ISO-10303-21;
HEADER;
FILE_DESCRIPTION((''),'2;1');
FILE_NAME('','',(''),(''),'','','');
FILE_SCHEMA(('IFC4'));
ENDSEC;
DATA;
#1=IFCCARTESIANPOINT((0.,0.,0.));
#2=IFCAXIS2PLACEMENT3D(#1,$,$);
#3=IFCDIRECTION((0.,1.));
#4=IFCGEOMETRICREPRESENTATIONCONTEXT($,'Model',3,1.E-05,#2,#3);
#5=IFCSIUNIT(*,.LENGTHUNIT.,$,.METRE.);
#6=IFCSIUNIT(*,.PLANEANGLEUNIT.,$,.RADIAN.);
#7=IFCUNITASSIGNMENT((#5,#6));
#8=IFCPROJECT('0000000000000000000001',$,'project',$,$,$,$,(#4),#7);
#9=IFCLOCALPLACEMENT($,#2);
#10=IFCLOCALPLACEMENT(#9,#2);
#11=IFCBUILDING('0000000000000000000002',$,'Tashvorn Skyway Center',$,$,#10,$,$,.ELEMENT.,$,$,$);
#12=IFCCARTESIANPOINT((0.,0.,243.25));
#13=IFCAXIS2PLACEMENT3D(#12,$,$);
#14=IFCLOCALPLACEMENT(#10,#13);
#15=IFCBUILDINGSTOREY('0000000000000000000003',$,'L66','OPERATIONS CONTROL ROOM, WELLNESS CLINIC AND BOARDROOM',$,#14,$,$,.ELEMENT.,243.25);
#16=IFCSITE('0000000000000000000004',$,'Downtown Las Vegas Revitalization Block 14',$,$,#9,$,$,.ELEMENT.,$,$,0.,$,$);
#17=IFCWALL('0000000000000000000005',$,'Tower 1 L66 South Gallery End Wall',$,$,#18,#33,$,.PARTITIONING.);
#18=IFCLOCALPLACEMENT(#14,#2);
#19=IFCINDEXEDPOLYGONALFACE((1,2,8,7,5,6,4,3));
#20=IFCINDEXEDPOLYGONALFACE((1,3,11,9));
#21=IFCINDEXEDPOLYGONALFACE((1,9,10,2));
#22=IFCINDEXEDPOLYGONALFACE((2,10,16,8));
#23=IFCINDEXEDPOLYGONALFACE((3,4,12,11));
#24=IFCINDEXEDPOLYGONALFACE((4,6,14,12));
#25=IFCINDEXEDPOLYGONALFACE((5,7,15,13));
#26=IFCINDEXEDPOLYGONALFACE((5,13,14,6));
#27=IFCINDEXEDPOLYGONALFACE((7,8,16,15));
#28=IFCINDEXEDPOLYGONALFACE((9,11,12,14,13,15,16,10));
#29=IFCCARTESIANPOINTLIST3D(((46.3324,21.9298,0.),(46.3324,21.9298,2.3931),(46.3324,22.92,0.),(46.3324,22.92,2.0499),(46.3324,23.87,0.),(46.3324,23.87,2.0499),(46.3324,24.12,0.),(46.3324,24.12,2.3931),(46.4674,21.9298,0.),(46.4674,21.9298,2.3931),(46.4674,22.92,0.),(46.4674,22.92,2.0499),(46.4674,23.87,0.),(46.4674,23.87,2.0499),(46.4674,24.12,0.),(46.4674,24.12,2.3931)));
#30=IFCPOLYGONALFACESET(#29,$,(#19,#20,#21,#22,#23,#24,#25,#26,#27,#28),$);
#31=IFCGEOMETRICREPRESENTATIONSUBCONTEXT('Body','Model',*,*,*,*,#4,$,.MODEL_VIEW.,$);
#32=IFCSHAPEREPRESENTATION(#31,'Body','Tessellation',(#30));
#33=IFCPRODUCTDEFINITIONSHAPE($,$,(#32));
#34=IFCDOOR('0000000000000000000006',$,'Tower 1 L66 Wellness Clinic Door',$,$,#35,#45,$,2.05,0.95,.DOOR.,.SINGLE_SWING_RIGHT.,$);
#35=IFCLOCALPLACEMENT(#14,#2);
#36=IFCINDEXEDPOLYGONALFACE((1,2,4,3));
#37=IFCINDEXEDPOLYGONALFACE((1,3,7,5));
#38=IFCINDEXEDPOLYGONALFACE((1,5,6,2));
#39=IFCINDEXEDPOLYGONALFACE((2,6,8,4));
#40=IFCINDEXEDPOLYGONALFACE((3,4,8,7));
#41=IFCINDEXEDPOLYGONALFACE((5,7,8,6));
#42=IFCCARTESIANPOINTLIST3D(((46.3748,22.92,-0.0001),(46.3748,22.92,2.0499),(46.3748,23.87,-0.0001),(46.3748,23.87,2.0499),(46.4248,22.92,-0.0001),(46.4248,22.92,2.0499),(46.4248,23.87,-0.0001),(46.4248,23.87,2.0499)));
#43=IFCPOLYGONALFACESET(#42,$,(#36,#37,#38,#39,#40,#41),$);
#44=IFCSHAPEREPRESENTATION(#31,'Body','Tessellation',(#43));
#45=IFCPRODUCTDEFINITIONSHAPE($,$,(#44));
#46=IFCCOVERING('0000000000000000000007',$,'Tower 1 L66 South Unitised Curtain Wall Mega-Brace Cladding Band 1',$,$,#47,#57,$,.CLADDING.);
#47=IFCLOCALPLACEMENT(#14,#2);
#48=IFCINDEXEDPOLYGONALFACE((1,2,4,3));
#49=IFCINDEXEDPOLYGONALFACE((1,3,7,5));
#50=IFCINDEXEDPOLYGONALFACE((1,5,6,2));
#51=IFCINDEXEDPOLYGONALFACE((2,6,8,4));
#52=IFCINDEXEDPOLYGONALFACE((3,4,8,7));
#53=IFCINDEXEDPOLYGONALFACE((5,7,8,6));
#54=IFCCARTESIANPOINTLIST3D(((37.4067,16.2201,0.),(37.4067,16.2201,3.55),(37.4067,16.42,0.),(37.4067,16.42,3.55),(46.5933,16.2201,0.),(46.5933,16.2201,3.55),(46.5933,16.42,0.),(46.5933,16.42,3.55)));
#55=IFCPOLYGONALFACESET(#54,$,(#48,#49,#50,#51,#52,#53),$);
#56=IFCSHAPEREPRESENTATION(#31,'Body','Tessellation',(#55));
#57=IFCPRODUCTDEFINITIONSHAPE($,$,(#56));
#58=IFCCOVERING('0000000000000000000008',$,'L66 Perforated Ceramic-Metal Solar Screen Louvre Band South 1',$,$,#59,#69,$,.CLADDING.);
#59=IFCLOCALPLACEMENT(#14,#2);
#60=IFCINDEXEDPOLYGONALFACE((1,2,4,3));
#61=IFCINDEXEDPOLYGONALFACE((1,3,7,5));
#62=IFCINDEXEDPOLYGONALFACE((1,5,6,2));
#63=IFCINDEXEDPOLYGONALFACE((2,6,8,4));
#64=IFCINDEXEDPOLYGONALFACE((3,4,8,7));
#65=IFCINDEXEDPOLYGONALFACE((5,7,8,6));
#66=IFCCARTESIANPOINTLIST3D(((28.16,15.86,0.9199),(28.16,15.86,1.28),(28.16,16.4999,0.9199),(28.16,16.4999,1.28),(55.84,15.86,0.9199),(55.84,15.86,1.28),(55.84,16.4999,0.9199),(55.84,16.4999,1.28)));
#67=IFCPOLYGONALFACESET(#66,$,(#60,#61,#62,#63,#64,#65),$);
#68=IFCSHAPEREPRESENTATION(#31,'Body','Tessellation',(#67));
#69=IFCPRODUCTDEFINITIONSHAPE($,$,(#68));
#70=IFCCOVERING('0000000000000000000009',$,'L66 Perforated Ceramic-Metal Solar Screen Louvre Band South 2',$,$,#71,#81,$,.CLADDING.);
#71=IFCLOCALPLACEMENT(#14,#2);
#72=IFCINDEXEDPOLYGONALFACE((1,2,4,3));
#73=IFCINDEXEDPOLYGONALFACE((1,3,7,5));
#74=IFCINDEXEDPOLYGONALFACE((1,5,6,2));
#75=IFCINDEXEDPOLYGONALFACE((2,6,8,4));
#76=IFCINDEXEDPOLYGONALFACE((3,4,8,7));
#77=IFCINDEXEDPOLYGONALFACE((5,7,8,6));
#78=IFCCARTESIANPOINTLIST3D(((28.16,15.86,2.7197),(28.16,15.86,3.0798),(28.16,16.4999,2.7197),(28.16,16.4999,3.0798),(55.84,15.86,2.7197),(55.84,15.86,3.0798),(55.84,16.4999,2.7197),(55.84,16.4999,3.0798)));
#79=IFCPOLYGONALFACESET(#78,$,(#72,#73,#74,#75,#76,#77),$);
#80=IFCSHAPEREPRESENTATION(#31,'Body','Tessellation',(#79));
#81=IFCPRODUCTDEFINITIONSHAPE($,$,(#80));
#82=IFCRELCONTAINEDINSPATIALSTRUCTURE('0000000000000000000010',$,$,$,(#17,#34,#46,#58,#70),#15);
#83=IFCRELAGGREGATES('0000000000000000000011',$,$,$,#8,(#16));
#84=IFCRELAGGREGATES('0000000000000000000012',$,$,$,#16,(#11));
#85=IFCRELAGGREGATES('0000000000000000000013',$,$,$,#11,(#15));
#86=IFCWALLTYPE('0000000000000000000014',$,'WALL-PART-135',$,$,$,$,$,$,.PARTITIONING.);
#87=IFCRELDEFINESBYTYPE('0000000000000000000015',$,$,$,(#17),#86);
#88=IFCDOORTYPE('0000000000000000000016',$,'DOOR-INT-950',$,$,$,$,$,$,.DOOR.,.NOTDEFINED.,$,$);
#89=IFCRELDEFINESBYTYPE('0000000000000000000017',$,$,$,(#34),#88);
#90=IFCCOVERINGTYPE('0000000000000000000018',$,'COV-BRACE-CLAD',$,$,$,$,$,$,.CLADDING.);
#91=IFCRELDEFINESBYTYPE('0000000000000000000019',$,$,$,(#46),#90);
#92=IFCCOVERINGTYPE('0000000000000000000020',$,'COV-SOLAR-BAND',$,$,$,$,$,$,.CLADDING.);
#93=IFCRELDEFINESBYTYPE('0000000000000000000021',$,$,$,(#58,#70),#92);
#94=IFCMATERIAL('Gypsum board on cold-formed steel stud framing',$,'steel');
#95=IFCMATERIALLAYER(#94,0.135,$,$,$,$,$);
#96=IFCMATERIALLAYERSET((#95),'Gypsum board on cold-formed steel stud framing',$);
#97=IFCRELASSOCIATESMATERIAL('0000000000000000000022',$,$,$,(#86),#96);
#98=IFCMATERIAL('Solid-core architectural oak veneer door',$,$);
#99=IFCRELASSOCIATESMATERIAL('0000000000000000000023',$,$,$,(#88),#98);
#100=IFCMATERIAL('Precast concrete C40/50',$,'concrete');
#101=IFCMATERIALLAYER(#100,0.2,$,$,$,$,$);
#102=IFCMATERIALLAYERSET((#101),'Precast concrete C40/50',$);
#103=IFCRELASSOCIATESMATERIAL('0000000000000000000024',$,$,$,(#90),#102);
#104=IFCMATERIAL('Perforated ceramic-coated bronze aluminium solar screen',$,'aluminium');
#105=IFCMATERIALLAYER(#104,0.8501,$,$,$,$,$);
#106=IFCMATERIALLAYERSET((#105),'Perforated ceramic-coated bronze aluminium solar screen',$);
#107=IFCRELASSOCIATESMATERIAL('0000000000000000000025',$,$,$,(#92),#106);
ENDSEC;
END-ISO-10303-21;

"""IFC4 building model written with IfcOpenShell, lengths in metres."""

from ifc_helpers import new_model, si_unit, direction, frame, frame_2d, origin, origin_2d, place, context, subcontext, project, spatial, rectangle, extrude, material, layer, layer_set, type_object, element, fill, save


model = new_model("IFC4")

# Units and contexts
model_context = context("Model", 3, precision=1e-05, world=origin(), true_north=direction((0.0, 1.0)))
body_context = subcontext(model_context, "Body", "Model", "MODEL_VIEW")
ifc_project = project(units=[si_unit("LENGTHUNIT", "METRE"), si_unit("PLANEANGLEUNIT", "RADIAN")], contexts=[model_context])

# Site, building, storey
site_placement = place(None, origin())
site = spatial("IfcSite", under=ifc_project, at=site_placement, Name="Downtown Las Vegas Revitalization Block 14", CompositionType="ELEMENT", RefElevation=0.0)
building_placement = place(site_placement, origin())
building = spatial("IfcBuilding", under=site, at=building_placement, Name="Tashvorn Skyway Center", CompositionType="ELEMENT")
storey_placement = place(building_placement, frame((0.0, 0.0, 243.25)))
storey = spatial("IfcBuildingStorey", under=building, at=storey_placement, Name="L66", Description="OPERATIONS CONTROL ROOM, WELLNESS CLINIC AND BOARDROOM", CompositionType="ELEMENT", Elevation=243.25)

# Shared definitions
ifc_material_1 = material(Name="Gypsum board on cold-formed steel stud framing", Category="steel")

# Shared definitions
ifc_layer_1 = layer(ifc_material_1, 0.135)
ifc_layer_set_1 = layer_set([ifc_layer_1], Name="Gypsum board on cold-formed steel stud framing")
wall_type_1 = type_object("IfcWallType", Name="WALL-PART-135", PredefinedType="PARTITIONING", material=ifc_layer_set_1)
ifc_material_2 = material(Name="Solid-core architectural oak veneer door")
door_type = type_object("IfcDoorType", Name="DOOR-INT-950", OperationType="NOTDEFINED", PredefinedType="DOOR", material=ifc_material_2)

# Wall, opening, door
wall_1_placement = place(storey_placement, frame((46.3999, 24.1201, 0.0), z_axis=(0.0, 0.0, 1.0), x_axis=(0.0, -1.0, 0.0)))
wall_1 = element("IfcWall", 1, at=wall_1_placement, inside=storey, type_object=wall_type_1, Name="Tower 1 L66 South Gallery End Wall", PredefinedType="PARTITIONING", context=body_context, shape_type="SweptSolid", body=[
    extrude(rectangle(XDim=2.1902, YDim=0.135, at=frame_2d((1.0952, 0.0))), origin(), (0.0, 0.0, 1.0), 2.3931),
])
opening_1_placement = place(wall_1_placement, frame((0.25, 0.0, 0.0)))
opening_1 = element("IfcOpeningElement", 2, at=opening_1_placement, cuts=wall_1, PredefinedType="OPENING", context=body_context, shape_type="SweptSolid", body=[
    extrude(rectangle(XDim=0.95, YDim=2.05, at=frame_2d((0.4751, 1.0249))), frame((0.0, 0.0774, 0.0), z_axis=(0.0, -1.0, 0.0), x_axis=(1.0, 0.0, 0.0)), (0.0, 0.0, 1.0), 0.155),
])
door_1_placement = place(opening_1_placement, origin())
door_1 = element("IfcDoor", 3, at=door_1_placement, inside=storey, type_object=door_type, Name="Tower 1 L66 Wellness Clinic Door", OperationType="SINGLE_SWING_RIGHT", OverallHeight=2.05, OverallWidth=0.95, PredefinedType="DOOR", context=body_context, shape_type="SweptSolid", body=[
    extrude(rectangle(XDim=0.95, YDim=2.05, at=frame_2d((0.4751, 1.0249))), frame((0.0, 0.0249, 0.0), z_axis=(0.0, -1.0, 0.0), x_axis=(1.0, 0.0, 0.0)), (0.0, 0.0, 1.0), 0.05),
])
fill(opening_1, door_1)

# Coverings
ifc_material_3 = material(Name="Precast concrete C40/50", Category="concrete")
ifc_layer_2 = layer(ifc_material_3, 0.2)
ifc_layer_set_2 = layer_set([ifc_layer_2], Name="Precast concrete C40/50")
covering_type_1 = type_object("IfcCoveringType", Name="COV-BRACE-CLAD", PredefinedType="CLADDING", material=ifc_layer_set_2)
covering_placement = place(storey_placement, frame((42.0, 16.3201, 0.0), z_axis=(0.0, 0.0, 1.0), x_axis=(-1.0, 0.0, 0.0)))
element("IfcCovering", 4, at=covering_placement, inside=storey, type_object=covering_type_1, Name="Tower 1 L66 South Unitised Curtain Wall Mega-Brace Cladding Band 1", PredefinedType="CLADDING", context=body_context, shape_type="SweptSolid", body=[
    extrude(rectangle(XDim=9.1865, YDim=0.2, at=origin_2d()), origin(), (0.0, 0.0, 1.0), 3.55),
])
ifc_material_4 = material(Name="Perforated ceramic-coated bronze aluminium solar screen", Category="aluminium")
ifc_layer_3 = layer(ifc_material_4, 0.8501)
ifc_layer_set_3 = layer_set([ifc_layer_3], Name="Perforated ceramic-coated bronze aluminium solar screen")
covering_type_2 = type_object("IfcCoveringType", Name="COV-SOLAR-BAND", PredefinedType="CLADDING", material=ifc_layer_set_3)
for number, where, z_axis, x_axis, name in (
    (5, (42.0, 16.1799, 0.9199), (0.0, 0.0, 1.0), (-1.0, 0.0, 0.0), "L66 Perforated Ceramic-Metal Solar Screen Louvre Band South 1"),
    (6, (42.0, 16.1799, 2.7197), (0.0, 0.0, 1.0), (-1.0, 0.0, 0.0), "L66 Perforated Ceramic-Metal Solar Screen Louvre Band South 2"),
):
    element("IfcCovering", number, at=place(storey_placement, frame(where, z_axis=z_axis, x_axis=x_axis)), inside=storey, type_object=covering_type_2, Name=name, PredefinedType="CLADDING", context=body_context, shape_type="SweptSolid", body=[
        extrude(rectangle(XDim=27.6799, YDim=0.6399, at=origin_2d()), origin(), (0.0, 0.0, 1.0), 0.3601),
    ])

save(model, "model.ifc")
